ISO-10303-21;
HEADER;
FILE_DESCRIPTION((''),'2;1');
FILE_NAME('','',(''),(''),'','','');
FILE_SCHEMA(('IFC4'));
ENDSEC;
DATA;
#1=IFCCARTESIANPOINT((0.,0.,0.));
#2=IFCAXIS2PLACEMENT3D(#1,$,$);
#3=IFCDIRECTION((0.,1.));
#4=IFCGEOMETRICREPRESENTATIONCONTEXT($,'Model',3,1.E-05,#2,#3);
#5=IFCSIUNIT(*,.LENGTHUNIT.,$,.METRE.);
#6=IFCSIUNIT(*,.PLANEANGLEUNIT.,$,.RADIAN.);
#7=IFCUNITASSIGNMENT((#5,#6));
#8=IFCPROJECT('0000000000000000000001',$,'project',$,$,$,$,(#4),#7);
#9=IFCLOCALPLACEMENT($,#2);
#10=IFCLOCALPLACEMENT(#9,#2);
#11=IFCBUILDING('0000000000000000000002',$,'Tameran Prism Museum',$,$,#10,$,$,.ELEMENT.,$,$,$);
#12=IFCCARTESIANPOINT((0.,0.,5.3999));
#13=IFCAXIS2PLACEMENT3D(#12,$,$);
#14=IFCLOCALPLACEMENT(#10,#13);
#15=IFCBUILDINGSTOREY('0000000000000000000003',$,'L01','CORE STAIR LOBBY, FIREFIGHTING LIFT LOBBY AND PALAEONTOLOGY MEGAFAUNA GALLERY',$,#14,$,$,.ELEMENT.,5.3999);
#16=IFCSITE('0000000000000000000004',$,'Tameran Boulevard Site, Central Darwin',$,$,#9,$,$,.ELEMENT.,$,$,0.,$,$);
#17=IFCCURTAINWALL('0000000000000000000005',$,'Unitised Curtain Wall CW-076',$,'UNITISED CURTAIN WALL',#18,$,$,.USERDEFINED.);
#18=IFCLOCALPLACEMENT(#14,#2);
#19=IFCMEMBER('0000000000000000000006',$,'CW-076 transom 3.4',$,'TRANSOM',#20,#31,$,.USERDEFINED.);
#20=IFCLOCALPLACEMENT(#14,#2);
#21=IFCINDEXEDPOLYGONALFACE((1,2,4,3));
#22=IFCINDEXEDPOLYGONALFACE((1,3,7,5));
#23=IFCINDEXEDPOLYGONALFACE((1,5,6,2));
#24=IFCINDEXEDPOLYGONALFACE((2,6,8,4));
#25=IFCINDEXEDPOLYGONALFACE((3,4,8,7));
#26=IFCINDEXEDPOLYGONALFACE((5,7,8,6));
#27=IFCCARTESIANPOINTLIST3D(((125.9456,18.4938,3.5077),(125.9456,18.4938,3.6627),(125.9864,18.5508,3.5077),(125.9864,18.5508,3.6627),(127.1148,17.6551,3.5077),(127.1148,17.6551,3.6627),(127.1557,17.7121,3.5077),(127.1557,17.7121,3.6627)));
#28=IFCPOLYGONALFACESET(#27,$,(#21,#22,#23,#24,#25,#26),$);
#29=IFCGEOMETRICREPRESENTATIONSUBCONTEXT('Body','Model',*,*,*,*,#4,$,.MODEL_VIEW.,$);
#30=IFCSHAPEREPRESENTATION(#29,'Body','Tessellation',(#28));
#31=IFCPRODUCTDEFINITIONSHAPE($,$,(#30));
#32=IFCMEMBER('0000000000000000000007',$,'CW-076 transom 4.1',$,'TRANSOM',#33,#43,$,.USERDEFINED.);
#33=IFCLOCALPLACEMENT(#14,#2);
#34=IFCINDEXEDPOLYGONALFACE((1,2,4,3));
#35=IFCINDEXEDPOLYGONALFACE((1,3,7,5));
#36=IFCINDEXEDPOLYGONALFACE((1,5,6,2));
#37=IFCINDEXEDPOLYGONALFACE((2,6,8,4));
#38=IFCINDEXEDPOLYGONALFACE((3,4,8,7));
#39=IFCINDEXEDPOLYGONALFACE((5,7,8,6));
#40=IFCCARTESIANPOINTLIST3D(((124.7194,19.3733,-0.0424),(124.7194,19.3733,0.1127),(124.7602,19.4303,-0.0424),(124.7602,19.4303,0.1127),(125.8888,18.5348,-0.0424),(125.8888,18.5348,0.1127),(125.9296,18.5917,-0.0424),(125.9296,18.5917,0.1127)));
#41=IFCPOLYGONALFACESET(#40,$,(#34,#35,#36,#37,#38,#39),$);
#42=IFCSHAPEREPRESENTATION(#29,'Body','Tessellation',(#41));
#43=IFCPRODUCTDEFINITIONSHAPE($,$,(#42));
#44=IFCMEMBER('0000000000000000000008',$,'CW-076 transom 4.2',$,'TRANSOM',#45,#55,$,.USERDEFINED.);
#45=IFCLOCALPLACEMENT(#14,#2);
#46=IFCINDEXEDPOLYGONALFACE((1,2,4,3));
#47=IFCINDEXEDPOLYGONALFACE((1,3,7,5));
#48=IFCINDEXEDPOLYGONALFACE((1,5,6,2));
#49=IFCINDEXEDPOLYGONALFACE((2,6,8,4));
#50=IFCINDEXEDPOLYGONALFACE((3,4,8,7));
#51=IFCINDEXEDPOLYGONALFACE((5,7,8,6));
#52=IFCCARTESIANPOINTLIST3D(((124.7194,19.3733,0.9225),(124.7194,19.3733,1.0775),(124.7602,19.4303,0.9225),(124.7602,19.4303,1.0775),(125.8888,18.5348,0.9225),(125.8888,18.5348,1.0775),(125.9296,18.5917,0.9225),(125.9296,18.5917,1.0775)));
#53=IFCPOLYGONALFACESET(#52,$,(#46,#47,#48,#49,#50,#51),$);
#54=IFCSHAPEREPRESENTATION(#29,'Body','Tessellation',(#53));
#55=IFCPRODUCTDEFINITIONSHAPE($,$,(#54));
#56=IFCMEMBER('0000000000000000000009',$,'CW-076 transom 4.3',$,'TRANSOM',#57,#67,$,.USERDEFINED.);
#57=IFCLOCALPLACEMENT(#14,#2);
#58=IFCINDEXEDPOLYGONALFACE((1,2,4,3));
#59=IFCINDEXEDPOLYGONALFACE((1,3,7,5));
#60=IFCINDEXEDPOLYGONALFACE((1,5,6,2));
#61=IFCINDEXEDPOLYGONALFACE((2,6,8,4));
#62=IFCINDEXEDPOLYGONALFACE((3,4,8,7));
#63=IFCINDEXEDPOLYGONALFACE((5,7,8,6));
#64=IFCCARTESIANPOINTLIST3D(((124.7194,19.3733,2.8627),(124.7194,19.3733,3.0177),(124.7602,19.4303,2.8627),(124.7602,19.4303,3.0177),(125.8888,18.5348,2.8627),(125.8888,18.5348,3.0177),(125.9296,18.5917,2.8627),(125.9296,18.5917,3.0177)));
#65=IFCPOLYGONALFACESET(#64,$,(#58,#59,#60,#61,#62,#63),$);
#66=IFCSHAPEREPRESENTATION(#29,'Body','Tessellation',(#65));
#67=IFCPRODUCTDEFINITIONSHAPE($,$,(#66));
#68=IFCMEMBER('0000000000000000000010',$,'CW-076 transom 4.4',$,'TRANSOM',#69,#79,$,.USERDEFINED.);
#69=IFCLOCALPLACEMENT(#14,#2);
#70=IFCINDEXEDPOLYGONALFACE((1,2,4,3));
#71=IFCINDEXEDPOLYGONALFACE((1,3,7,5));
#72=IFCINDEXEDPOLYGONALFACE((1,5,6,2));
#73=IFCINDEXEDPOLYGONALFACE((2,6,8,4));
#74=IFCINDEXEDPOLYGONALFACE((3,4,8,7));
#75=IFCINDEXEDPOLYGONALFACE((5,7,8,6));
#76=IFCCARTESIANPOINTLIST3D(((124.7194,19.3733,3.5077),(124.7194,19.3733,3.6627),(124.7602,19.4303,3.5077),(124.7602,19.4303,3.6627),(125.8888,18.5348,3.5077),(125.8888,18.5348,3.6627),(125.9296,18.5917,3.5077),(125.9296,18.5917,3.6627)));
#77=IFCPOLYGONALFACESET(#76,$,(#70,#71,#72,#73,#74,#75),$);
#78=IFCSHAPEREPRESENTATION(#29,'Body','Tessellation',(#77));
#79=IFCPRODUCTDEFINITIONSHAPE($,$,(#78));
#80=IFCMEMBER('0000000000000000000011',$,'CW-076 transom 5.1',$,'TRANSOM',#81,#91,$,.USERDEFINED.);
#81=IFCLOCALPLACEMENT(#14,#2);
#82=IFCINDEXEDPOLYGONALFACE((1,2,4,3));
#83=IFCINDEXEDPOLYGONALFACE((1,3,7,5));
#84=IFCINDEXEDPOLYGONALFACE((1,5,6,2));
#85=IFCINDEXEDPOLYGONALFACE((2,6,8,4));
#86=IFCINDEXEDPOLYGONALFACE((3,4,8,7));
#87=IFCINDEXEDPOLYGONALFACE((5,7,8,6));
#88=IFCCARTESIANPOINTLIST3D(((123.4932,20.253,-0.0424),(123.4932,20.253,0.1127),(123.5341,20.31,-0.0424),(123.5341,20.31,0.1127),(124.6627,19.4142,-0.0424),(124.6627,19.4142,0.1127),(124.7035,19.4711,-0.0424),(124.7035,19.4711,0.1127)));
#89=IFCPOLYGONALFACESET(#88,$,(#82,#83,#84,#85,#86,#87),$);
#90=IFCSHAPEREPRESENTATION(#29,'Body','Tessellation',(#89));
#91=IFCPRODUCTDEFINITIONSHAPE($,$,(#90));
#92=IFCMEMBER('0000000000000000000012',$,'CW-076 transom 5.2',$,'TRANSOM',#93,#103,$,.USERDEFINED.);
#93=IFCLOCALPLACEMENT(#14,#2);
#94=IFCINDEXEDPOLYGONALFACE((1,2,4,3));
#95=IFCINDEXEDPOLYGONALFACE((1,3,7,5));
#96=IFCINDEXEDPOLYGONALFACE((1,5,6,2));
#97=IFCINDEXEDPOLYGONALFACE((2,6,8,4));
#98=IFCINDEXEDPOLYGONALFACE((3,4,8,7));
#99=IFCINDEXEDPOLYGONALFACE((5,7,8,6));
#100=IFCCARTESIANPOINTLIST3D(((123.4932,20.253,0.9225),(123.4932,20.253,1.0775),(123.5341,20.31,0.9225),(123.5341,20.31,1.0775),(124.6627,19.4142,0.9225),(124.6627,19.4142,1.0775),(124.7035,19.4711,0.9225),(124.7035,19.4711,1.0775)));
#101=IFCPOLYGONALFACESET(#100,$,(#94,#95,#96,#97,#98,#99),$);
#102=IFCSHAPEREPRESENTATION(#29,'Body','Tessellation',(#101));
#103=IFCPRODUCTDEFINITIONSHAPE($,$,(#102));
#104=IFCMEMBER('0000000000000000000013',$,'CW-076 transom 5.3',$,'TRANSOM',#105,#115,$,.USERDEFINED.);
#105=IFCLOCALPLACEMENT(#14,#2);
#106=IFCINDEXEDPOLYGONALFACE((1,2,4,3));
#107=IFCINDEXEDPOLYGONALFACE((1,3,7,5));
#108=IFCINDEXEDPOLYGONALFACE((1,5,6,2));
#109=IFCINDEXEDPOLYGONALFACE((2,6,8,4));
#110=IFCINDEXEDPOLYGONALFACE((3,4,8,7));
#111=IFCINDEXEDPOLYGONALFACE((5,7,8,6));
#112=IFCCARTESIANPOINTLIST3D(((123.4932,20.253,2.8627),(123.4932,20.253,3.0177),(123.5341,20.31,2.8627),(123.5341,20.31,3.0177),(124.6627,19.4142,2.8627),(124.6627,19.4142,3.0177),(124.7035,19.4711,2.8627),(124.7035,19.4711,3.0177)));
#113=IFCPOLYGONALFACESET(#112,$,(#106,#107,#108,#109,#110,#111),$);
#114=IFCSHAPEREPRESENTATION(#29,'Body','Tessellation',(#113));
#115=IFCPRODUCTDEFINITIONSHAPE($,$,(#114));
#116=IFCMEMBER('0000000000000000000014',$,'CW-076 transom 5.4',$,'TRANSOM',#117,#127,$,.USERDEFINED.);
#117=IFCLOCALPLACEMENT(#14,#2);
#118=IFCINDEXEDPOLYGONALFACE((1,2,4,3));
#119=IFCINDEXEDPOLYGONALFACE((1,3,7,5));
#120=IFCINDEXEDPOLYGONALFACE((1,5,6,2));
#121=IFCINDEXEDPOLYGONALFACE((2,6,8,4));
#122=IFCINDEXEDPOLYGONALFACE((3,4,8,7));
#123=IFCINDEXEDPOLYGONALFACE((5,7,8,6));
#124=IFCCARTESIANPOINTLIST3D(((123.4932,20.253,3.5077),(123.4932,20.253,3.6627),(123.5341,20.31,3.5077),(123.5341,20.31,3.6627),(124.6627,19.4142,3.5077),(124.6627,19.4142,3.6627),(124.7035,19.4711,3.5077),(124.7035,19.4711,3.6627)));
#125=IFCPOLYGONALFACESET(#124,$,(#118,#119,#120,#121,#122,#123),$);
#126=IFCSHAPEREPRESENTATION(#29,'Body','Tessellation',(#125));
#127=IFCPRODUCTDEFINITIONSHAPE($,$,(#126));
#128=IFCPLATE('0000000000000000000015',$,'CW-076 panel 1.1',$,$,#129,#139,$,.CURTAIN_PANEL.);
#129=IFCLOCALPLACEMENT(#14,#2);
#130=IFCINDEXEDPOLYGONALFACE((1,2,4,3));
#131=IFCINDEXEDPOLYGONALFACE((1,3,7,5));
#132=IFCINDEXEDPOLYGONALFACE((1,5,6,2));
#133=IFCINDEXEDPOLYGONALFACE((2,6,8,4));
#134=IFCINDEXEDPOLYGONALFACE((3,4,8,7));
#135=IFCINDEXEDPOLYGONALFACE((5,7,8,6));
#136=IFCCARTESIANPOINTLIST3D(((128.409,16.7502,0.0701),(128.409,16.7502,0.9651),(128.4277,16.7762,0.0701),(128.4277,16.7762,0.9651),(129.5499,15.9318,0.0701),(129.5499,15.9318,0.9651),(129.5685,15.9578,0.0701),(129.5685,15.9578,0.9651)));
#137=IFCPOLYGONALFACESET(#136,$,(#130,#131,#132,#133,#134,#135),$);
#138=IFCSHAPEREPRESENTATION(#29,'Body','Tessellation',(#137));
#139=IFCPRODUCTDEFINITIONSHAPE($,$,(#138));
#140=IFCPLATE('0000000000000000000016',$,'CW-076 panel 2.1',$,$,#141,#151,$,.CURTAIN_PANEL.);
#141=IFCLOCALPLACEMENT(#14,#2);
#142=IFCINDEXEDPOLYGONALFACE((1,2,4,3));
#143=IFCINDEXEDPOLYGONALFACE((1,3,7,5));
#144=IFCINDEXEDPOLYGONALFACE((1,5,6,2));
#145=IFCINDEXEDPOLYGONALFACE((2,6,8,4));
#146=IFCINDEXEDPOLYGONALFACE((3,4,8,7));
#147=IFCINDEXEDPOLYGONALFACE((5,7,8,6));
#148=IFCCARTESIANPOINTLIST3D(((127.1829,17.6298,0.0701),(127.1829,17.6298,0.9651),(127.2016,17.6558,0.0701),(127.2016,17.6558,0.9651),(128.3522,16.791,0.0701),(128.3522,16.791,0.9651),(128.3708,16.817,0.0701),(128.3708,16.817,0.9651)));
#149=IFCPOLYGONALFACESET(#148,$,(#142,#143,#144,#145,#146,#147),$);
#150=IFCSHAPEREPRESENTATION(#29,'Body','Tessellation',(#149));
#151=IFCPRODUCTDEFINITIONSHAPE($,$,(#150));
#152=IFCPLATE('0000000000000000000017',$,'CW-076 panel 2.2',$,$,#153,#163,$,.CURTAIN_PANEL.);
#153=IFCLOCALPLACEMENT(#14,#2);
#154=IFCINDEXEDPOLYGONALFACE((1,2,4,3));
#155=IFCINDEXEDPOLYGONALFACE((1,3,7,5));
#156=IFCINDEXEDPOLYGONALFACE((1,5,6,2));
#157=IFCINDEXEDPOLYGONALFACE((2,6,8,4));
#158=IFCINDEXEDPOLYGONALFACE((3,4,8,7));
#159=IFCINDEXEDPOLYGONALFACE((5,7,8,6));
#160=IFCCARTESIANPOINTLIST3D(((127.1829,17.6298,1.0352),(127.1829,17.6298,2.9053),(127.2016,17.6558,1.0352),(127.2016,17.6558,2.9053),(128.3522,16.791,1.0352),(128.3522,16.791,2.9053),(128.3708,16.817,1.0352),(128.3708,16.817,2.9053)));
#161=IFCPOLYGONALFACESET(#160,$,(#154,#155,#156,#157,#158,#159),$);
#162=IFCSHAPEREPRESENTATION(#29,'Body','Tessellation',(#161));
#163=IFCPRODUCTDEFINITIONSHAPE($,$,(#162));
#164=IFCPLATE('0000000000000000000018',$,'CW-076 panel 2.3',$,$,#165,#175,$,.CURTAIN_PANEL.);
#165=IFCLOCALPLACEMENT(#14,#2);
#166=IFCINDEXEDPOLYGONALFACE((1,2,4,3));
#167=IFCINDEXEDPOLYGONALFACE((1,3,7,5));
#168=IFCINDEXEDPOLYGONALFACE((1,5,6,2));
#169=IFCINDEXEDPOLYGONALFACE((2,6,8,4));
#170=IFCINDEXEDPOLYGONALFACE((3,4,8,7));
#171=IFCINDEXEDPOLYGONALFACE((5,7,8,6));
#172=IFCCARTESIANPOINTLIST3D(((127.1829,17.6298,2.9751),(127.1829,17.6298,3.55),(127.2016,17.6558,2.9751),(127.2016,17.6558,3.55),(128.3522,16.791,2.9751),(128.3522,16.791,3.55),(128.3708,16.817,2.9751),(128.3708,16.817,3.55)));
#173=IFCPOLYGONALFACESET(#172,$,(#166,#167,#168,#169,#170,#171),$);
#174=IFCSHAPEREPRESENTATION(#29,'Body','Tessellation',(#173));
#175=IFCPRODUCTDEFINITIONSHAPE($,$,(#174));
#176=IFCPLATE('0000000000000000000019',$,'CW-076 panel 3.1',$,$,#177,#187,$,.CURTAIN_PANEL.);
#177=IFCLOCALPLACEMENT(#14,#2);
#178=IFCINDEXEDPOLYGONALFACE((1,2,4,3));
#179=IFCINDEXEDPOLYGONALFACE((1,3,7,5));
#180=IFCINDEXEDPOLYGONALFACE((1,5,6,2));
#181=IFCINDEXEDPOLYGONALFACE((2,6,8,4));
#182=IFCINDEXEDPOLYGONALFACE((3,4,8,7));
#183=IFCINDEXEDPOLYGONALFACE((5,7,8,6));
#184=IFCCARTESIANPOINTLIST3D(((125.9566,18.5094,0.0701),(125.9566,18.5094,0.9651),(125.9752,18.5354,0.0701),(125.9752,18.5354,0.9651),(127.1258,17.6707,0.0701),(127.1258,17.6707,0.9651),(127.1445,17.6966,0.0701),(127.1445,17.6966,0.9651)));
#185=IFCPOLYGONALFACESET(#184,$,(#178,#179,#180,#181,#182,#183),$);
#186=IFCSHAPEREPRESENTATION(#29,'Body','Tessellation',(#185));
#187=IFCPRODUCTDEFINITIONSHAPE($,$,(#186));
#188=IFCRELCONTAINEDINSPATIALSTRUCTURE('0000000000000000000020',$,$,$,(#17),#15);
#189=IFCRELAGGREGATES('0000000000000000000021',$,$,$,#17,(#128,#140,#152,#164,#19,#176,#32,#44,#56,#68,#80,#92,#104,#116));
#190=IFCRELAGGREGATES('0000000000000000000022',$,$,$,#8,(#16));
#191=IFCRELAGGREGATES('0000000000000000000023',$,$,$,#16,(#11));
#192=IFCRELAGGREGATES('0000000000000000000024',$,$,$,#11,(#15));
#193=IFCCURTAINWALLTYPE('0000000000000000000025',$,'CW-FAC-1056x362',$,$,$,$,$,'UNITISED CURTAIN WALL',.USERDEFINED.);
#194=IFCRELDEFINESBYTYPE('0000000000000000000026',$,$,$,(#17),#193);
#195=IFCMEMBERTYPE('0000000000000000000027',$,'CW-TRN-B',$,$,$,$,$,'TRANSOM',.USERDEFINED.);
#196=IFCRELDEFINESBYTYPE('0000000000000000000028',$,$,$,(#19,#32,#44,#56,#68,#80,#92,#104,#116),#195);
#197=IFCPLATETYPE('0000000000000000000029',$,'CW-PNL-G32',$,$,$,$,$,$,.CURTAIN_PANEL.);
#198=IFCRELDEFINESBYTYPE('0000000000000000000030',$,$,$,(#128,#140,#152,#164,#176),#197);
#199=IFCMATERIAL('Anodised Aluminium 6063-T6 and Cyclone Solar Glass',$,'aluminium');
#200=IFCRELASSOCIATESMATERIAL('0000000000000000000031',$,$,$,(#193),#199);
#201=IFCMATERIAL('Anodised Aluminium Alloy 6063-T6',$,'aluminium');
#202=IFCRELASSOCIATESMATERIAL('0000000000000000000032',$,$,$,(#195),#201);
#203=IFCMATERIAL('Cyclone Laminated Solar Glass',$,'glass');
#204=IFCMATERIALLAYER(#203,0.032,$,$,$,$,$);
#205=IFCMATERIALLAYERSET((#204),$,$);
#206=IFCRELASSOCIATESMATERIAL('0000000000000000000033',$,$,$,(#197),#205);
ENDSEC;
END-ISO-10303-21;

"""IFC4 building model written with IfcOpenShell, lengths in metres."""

from ifc_helpers import new_model, si_unit, direction, frame, origin, origin_2d, place, context, subcontext, project, spatial, rectangle, extrude, material, layer, layer_set, material_profile, profile_set, type_object, element, aggregate, save


model = new_model("IFC4")

# Units and contexts
model_context = context("Model", 3, precision=1e-05, world=origin(), true_north=direction((0.0, 1.0)))
body_context = subcontext(model_context, "Body", "Model", "MODEL_VIEW")
ifc_project = project(units=[si_unit("LENGTHUNIT", "METRE"), si_unit("PLANEANGLEUNIT", "RADIAN")], contexts=[model_context])

# Site, building, storey
site_placement = place(None, origin())
site = spatial("IfcSite", under=ifc_project, at=site_placement, Name="Tameran Boulevard Site, Central Darwin", CompositionType="ELEMENT", RefElevation=0.0)
building_placement = place(site_placement, origin())
building = spatial("IfcBuilding", under=site, at=building_placement, Name="Tameran Prism Museum", CompositionType="ELEMENT")
storey_placement = place(building_placement, frame((0.0, 0.0, 5.3999)))
storey = spatial("IfcBuildingStorey", under=building, at=storey_placement, Name="L01", Description="CORE STAIR LOBBY, FIREFIGHTING LIFT LOBBY AND PALAEONTOLOGY MEGAFAUNA GALLERY", CompositionType="ELEMENT", Elevation=5.3999)

# Curtain wall, members, plates
ifc_material_1 = material(Name="Anodised Aluminium 6063-T6 and Cyclone Solar Glass", Category="aluminium")
curtain_wall_type = type_object("IfcCurtainWallType", Name="CW-FAC-1056x362", ElementType="UNITISED CURTAIN WALL", PredefinedType="USERDEFINED", material=ifc_material_1)
curtain_wall_placement = place(storey_placement, origin())
curtain_wall = element("IfcCurtainWall", 1, at=curtain_wall_placement, inside=storey, type_object=curtain_wall_type, Name="Unitised Curtain Wall CW-076", ObjectType="UNITISED CURTAIN WALL", PredefinedType="USERDEFINED")
ifc_material_2 = material(Name="Anodised Aluminium Alloy 6063-T6", Category="aluminium")
ifc_material_profile_1 = material_profile(ifc_material_2, rectangle(XDim=0.0701, YDim=0.155, at=origin_2d()))
ifc_profile_set_1 = profile_set([ifc_material_profile_1])
member_type_1 = type_object("IfcMemberType", Name="CW-TRN-B", ElementType="TRANSOM", PredefinedType="USERDEFINED", material=ifc_profile_set_1)
member_1_placement = place(storey_placement, frame((127.1353, 17.6836, 3.5852), z_axis=(-0.812585, 0.582842, 0.0), x_axis=(-0.582842, -0.812585, 0.0)))
member_1 = element("IfcMember", 2, at=member_1_placement, type_object=member_type_1, Name="CW-076 transom 3.4", ObjectType="TRANSOM", PredefinedType="USERDEFINED", context=body_context, shape_type="SweptSolid", body=[
    extrude(rectangle(XDim=0.0701, YDim=0.155, at=origin_2d()), origin(), (0.0, 0.0, 1.0), 1.439),
])
member_2_placement = place(storey_placement, frame((125.9092, 18.5632, 0.0352), z_axis=(-0.812643, 0.582762, 0.0), x_axis=(-0.582762, -0.812643, 0.0)))
member_2 = element("IfcMember", 3, at=member_2_placement, type_object=member_type_1, Name="CW-076 transom 4.1", ObjectType="TRANSOM", PredefinedType="USERDEFINED", context=body_context, shape_type="SweptSolid", body=[
    extrude(rectangle(XDim=0.0701, YDim=0.155, at=origin_2d()), origin(), (0.0, 0.0, 1.0), 1.439),
])
member_3_placement = place(storey_placement, frame((125.9092, 18.5632, 1.0), z_axis=(-0.812643, 0.582762, 0.0), x_axis=(-0.582762, -0.812643, 0.0)))
member_3 = element("IfcMember", 4, at=member_3_placement, type_object=member_type_1, Name="CW-076 transom 4.2", ObjectType="TRANSOM", PredefinedType="USERDEFINED", context=body_context, shape_type="SweptSolid", body=[
    extrude(rectangle(XDim=0.0701, YDim=0.155, at=origin_2d()), origin(), (0.0, 0.0, 1.0), 1.439),
])
member_4_placement = place(storey_placement, frame((125.9092, 18.5632, 2.9402), z_axis=(-0.812643, 0.582762, 0.0), x_axis=(-0.582762, -0.812643, 0.0)))
member_4 = element("IfcMember", 5, at=member_4_placement, type_object=member_type_1, Name="CW-076 transom 4.3", ObjectType="TRANSOM", PredefinedType="USERDEFINED", context=body_context, shape_type="SweptSolid", body=[
    extrude(rectangle(XDim=0.0701, YDim=0.155, at=origin_2d()), origin(), (0.0, 0.0, 1.0), 1.439),
])
member_5_placement = place(storey_placement, frame((125.9092, 18.5632, 3.5852), z_axis=(-0.812643, 0.582762, 0.0), x_axis=(-0.582762, -0.812643, 0.0)))
member_5 = element("IfcMember", 6, at=member_5_placement, type_object=member_type_1, Name="CW-076 transom 4.4", ObjectType="TRANSOM", PredefinedType="USERDEFINED", context=body_context, shape_type="SweptSolid", body=[
    extrude(rectangle(XDim=0.0701, YDim=0.155, at=origin_2d()), origin(), (0.0, 0.0, 1.0), 1.439),
])
member_6_placement = place(storey_placement, frame((124.6831, 19.4426, 0.0352), z_axis=(-0.812563, 0.582874, 0.0), x_axis=(-0.582874, -0.812563, 0.0)))
member_6 = element("IfcMember", 7, at=member_6_placement, type_object=member_type_1, Name="CW-076 transom 5.1", ObjectType="TRANSOM", PredefinedType="USERDEFINED", context=body_context, shape_type="SweptSolid", body=[
    extrude(rectangle(XDim=0.0701, YDim=0.155, at=origin_2d()), origin(), (0.0, 0.0, 1.0), 1.4392),
])
member_7_placement = place(storey_placement, frame((124.6831, 19.4426, 1.0), z_axis=(-0.812563, 0.582874, 0.0), x_axis=(-0.582874, -0.812563, 0.0)))
member_7 = element("IfcMember", 8, at=member_7_placement, type_object=member_type_1, Name="CW-076 transom 5.2", ObjectType="TRANSOM", PredefinedType="USERDEFINED", context=body_context, shape_type="SweptSolid", body=[
    extrude(rectangle(XDim=0.0701, YDim=0.155, at=origin_2d()), origin(), (0.0, 0.0, 1.0), 1.4392),
])
member_8_placement = place(storey_placement, frame((124.6831, 19.4426, 2.9402), z_axis=(-0.812563, 0.582874, 0.0), x_axis=(-0.582874, -0.812563, 0.0)))
member_8 = element("IfcMember", 9, at=member_8_placement, type_object=member_type_1, Name="CW-076 transom 5.3", ObjectType="TRANSOM", PredefinedType="USERDEFINED", context=body_context, shape_type="SweptSolid", body=[
    extrude(rectangle(XDim=0.0701, YDim=0.155, at=origin_2d()), origin(), (0.0, 0.0, 1.0), 1.4392),
])
member_9_placement = place(storey_placement, frame((124.6831, 19.4426, 3.5852), z_axis=(-0.812563, 0.582874, 0.0), x_axis=(-0.582874, -0.812563, 0.0)))
member_9 = element("IfcMember", 10, at=member_9_placement, type_object=member_type_1, Name="CW-076 transom 5.4", ObjectType="TRANSOM", PredefinedType="USERDEFINED", context=body_context, shape_type="SweptSolid", body=[
    extrude(rectangle(XDim=0.0701, YDim=0.155, at=origin_2d()), origin(), (0.0, 0.0, 1.0), 1.4392),
])
ifc_material_3 = material(Name="Cyclone Laminated Solar Glass", Category="glass")
ifc_layer = layer(ifc_material_3, 0.032)
ifc_layer_set = layer_set([ifc_layer])
plate_type = type_object("IfcPlateType", Name="CW-PNL-G32", PredefinedType="CURTAIN_PANEL", material=ifc_layer_set)
plate_1_placement = place(storey_placement, frame((128.9888, 16.354, 0.0701), z_axis=(0.0, 0.0, 1.0), x_axis=(-0.812555, 0.582885, 0.0)))
plate_1 = element("IfcPlate", 11, at=plate_1_placement, type_object=plate_type, Name="CW-076 panel 1.1", PredefinedType="CURTAIN_PANEL", context=body_context, shape_type="SweptSolid", body=[
    extrude(rectangle(XDim=1.4041, YDim=0.032, at=origin_2d()), origin(), (0.0, 0.0, 1.0), 0.895),
])
plate_2_placement = place(storey_placement, frame((127.7769, 17.2234, 0.0701), z_axis=(0.0, 0.0, 1.0), x_axis=(-0.812555, 0.582885, 0.0)))
plate_2 = element("IfcPlate", 12, at=plate_2_placement, type_object=plate_type, Name="CW-076 panel 2.1", PredefinedType="CURTAIN_PANEL", context=body_context, shape_type="SweptSolid", body=[
    extrude(rectangle(XDim=1.439, YDim=0.032, at=origin_2d()), origin(), (0.0, 0.0, 1.0), 0.895),
])
plate_3_placement = place(storey_placement, frame((127.7769, 17.2234, 1.0352), z_axis=(0.0, 0.0, 1.0), x_axis=(-0.812555, 0.582885, 0.0)))
plate_3 = element("IfcPlate", 13, at=plate_3_placement, type_object=plate_type, Name="CW-076 panel 2.2", PredefinedType="CURTAIN_PANEL", context=body_context, shape_type="SweptSolid", body=[
    extrude(rectangle(XDim=1.439, YDim=0.032, at=origin_2d()), origin(), (0.0, 0.0, 1.0), 1.8701),
])
plate_4_placement = place(storey_placement, frame((127.7769, 17.2234, 2.9751), z_axis=(0.0, 0.0, 1.0), x_axis=(-0.812555, 0.582885, 0.0)))
plate_4 = element("IfcPlate", 14, at=plate_4_placement, type_object=plate_type, Name="CW-076 panel 2.3", PredefinedType="CURTAIN_PANEL", context=body_context, shape_type="SweptSolid", body=[
    extrude(rectangle(XDim=1.439, YDim=0.032, at=origin_2d()), origin(), (0.0, 0.0, 1.0), 0.575),
])
plate_5_placement = place(storey_placement, frame((126.5505, 18.103, 0.0701), z_axis=(0.0, 0.0, 1.0), x_axis=(-0.812555, 0.582885, 0.0)))
plate_5 = element("IfcPlate", 15, at=plate_5_placement, type_object=plate_type, Name="CW-076 panel 3.1", PredefinedType="CURTAIN_PANEL", context=body_context, shape_type="SweptSolid", body=[
    extrude(rectangle(XDim=1.439, YDim=0.032, at=origin_2d()), origin(), (0.0, 0.0, 1.0), 0.895),
])
aggregate(curtain_wall, [plate_1, plate_2, plate_3, plate_4, member_1, plate_5, member_2, member_3, member_4, member_5, member_6, member_7, member_8, member_9])

save(model, "model.ifc")
